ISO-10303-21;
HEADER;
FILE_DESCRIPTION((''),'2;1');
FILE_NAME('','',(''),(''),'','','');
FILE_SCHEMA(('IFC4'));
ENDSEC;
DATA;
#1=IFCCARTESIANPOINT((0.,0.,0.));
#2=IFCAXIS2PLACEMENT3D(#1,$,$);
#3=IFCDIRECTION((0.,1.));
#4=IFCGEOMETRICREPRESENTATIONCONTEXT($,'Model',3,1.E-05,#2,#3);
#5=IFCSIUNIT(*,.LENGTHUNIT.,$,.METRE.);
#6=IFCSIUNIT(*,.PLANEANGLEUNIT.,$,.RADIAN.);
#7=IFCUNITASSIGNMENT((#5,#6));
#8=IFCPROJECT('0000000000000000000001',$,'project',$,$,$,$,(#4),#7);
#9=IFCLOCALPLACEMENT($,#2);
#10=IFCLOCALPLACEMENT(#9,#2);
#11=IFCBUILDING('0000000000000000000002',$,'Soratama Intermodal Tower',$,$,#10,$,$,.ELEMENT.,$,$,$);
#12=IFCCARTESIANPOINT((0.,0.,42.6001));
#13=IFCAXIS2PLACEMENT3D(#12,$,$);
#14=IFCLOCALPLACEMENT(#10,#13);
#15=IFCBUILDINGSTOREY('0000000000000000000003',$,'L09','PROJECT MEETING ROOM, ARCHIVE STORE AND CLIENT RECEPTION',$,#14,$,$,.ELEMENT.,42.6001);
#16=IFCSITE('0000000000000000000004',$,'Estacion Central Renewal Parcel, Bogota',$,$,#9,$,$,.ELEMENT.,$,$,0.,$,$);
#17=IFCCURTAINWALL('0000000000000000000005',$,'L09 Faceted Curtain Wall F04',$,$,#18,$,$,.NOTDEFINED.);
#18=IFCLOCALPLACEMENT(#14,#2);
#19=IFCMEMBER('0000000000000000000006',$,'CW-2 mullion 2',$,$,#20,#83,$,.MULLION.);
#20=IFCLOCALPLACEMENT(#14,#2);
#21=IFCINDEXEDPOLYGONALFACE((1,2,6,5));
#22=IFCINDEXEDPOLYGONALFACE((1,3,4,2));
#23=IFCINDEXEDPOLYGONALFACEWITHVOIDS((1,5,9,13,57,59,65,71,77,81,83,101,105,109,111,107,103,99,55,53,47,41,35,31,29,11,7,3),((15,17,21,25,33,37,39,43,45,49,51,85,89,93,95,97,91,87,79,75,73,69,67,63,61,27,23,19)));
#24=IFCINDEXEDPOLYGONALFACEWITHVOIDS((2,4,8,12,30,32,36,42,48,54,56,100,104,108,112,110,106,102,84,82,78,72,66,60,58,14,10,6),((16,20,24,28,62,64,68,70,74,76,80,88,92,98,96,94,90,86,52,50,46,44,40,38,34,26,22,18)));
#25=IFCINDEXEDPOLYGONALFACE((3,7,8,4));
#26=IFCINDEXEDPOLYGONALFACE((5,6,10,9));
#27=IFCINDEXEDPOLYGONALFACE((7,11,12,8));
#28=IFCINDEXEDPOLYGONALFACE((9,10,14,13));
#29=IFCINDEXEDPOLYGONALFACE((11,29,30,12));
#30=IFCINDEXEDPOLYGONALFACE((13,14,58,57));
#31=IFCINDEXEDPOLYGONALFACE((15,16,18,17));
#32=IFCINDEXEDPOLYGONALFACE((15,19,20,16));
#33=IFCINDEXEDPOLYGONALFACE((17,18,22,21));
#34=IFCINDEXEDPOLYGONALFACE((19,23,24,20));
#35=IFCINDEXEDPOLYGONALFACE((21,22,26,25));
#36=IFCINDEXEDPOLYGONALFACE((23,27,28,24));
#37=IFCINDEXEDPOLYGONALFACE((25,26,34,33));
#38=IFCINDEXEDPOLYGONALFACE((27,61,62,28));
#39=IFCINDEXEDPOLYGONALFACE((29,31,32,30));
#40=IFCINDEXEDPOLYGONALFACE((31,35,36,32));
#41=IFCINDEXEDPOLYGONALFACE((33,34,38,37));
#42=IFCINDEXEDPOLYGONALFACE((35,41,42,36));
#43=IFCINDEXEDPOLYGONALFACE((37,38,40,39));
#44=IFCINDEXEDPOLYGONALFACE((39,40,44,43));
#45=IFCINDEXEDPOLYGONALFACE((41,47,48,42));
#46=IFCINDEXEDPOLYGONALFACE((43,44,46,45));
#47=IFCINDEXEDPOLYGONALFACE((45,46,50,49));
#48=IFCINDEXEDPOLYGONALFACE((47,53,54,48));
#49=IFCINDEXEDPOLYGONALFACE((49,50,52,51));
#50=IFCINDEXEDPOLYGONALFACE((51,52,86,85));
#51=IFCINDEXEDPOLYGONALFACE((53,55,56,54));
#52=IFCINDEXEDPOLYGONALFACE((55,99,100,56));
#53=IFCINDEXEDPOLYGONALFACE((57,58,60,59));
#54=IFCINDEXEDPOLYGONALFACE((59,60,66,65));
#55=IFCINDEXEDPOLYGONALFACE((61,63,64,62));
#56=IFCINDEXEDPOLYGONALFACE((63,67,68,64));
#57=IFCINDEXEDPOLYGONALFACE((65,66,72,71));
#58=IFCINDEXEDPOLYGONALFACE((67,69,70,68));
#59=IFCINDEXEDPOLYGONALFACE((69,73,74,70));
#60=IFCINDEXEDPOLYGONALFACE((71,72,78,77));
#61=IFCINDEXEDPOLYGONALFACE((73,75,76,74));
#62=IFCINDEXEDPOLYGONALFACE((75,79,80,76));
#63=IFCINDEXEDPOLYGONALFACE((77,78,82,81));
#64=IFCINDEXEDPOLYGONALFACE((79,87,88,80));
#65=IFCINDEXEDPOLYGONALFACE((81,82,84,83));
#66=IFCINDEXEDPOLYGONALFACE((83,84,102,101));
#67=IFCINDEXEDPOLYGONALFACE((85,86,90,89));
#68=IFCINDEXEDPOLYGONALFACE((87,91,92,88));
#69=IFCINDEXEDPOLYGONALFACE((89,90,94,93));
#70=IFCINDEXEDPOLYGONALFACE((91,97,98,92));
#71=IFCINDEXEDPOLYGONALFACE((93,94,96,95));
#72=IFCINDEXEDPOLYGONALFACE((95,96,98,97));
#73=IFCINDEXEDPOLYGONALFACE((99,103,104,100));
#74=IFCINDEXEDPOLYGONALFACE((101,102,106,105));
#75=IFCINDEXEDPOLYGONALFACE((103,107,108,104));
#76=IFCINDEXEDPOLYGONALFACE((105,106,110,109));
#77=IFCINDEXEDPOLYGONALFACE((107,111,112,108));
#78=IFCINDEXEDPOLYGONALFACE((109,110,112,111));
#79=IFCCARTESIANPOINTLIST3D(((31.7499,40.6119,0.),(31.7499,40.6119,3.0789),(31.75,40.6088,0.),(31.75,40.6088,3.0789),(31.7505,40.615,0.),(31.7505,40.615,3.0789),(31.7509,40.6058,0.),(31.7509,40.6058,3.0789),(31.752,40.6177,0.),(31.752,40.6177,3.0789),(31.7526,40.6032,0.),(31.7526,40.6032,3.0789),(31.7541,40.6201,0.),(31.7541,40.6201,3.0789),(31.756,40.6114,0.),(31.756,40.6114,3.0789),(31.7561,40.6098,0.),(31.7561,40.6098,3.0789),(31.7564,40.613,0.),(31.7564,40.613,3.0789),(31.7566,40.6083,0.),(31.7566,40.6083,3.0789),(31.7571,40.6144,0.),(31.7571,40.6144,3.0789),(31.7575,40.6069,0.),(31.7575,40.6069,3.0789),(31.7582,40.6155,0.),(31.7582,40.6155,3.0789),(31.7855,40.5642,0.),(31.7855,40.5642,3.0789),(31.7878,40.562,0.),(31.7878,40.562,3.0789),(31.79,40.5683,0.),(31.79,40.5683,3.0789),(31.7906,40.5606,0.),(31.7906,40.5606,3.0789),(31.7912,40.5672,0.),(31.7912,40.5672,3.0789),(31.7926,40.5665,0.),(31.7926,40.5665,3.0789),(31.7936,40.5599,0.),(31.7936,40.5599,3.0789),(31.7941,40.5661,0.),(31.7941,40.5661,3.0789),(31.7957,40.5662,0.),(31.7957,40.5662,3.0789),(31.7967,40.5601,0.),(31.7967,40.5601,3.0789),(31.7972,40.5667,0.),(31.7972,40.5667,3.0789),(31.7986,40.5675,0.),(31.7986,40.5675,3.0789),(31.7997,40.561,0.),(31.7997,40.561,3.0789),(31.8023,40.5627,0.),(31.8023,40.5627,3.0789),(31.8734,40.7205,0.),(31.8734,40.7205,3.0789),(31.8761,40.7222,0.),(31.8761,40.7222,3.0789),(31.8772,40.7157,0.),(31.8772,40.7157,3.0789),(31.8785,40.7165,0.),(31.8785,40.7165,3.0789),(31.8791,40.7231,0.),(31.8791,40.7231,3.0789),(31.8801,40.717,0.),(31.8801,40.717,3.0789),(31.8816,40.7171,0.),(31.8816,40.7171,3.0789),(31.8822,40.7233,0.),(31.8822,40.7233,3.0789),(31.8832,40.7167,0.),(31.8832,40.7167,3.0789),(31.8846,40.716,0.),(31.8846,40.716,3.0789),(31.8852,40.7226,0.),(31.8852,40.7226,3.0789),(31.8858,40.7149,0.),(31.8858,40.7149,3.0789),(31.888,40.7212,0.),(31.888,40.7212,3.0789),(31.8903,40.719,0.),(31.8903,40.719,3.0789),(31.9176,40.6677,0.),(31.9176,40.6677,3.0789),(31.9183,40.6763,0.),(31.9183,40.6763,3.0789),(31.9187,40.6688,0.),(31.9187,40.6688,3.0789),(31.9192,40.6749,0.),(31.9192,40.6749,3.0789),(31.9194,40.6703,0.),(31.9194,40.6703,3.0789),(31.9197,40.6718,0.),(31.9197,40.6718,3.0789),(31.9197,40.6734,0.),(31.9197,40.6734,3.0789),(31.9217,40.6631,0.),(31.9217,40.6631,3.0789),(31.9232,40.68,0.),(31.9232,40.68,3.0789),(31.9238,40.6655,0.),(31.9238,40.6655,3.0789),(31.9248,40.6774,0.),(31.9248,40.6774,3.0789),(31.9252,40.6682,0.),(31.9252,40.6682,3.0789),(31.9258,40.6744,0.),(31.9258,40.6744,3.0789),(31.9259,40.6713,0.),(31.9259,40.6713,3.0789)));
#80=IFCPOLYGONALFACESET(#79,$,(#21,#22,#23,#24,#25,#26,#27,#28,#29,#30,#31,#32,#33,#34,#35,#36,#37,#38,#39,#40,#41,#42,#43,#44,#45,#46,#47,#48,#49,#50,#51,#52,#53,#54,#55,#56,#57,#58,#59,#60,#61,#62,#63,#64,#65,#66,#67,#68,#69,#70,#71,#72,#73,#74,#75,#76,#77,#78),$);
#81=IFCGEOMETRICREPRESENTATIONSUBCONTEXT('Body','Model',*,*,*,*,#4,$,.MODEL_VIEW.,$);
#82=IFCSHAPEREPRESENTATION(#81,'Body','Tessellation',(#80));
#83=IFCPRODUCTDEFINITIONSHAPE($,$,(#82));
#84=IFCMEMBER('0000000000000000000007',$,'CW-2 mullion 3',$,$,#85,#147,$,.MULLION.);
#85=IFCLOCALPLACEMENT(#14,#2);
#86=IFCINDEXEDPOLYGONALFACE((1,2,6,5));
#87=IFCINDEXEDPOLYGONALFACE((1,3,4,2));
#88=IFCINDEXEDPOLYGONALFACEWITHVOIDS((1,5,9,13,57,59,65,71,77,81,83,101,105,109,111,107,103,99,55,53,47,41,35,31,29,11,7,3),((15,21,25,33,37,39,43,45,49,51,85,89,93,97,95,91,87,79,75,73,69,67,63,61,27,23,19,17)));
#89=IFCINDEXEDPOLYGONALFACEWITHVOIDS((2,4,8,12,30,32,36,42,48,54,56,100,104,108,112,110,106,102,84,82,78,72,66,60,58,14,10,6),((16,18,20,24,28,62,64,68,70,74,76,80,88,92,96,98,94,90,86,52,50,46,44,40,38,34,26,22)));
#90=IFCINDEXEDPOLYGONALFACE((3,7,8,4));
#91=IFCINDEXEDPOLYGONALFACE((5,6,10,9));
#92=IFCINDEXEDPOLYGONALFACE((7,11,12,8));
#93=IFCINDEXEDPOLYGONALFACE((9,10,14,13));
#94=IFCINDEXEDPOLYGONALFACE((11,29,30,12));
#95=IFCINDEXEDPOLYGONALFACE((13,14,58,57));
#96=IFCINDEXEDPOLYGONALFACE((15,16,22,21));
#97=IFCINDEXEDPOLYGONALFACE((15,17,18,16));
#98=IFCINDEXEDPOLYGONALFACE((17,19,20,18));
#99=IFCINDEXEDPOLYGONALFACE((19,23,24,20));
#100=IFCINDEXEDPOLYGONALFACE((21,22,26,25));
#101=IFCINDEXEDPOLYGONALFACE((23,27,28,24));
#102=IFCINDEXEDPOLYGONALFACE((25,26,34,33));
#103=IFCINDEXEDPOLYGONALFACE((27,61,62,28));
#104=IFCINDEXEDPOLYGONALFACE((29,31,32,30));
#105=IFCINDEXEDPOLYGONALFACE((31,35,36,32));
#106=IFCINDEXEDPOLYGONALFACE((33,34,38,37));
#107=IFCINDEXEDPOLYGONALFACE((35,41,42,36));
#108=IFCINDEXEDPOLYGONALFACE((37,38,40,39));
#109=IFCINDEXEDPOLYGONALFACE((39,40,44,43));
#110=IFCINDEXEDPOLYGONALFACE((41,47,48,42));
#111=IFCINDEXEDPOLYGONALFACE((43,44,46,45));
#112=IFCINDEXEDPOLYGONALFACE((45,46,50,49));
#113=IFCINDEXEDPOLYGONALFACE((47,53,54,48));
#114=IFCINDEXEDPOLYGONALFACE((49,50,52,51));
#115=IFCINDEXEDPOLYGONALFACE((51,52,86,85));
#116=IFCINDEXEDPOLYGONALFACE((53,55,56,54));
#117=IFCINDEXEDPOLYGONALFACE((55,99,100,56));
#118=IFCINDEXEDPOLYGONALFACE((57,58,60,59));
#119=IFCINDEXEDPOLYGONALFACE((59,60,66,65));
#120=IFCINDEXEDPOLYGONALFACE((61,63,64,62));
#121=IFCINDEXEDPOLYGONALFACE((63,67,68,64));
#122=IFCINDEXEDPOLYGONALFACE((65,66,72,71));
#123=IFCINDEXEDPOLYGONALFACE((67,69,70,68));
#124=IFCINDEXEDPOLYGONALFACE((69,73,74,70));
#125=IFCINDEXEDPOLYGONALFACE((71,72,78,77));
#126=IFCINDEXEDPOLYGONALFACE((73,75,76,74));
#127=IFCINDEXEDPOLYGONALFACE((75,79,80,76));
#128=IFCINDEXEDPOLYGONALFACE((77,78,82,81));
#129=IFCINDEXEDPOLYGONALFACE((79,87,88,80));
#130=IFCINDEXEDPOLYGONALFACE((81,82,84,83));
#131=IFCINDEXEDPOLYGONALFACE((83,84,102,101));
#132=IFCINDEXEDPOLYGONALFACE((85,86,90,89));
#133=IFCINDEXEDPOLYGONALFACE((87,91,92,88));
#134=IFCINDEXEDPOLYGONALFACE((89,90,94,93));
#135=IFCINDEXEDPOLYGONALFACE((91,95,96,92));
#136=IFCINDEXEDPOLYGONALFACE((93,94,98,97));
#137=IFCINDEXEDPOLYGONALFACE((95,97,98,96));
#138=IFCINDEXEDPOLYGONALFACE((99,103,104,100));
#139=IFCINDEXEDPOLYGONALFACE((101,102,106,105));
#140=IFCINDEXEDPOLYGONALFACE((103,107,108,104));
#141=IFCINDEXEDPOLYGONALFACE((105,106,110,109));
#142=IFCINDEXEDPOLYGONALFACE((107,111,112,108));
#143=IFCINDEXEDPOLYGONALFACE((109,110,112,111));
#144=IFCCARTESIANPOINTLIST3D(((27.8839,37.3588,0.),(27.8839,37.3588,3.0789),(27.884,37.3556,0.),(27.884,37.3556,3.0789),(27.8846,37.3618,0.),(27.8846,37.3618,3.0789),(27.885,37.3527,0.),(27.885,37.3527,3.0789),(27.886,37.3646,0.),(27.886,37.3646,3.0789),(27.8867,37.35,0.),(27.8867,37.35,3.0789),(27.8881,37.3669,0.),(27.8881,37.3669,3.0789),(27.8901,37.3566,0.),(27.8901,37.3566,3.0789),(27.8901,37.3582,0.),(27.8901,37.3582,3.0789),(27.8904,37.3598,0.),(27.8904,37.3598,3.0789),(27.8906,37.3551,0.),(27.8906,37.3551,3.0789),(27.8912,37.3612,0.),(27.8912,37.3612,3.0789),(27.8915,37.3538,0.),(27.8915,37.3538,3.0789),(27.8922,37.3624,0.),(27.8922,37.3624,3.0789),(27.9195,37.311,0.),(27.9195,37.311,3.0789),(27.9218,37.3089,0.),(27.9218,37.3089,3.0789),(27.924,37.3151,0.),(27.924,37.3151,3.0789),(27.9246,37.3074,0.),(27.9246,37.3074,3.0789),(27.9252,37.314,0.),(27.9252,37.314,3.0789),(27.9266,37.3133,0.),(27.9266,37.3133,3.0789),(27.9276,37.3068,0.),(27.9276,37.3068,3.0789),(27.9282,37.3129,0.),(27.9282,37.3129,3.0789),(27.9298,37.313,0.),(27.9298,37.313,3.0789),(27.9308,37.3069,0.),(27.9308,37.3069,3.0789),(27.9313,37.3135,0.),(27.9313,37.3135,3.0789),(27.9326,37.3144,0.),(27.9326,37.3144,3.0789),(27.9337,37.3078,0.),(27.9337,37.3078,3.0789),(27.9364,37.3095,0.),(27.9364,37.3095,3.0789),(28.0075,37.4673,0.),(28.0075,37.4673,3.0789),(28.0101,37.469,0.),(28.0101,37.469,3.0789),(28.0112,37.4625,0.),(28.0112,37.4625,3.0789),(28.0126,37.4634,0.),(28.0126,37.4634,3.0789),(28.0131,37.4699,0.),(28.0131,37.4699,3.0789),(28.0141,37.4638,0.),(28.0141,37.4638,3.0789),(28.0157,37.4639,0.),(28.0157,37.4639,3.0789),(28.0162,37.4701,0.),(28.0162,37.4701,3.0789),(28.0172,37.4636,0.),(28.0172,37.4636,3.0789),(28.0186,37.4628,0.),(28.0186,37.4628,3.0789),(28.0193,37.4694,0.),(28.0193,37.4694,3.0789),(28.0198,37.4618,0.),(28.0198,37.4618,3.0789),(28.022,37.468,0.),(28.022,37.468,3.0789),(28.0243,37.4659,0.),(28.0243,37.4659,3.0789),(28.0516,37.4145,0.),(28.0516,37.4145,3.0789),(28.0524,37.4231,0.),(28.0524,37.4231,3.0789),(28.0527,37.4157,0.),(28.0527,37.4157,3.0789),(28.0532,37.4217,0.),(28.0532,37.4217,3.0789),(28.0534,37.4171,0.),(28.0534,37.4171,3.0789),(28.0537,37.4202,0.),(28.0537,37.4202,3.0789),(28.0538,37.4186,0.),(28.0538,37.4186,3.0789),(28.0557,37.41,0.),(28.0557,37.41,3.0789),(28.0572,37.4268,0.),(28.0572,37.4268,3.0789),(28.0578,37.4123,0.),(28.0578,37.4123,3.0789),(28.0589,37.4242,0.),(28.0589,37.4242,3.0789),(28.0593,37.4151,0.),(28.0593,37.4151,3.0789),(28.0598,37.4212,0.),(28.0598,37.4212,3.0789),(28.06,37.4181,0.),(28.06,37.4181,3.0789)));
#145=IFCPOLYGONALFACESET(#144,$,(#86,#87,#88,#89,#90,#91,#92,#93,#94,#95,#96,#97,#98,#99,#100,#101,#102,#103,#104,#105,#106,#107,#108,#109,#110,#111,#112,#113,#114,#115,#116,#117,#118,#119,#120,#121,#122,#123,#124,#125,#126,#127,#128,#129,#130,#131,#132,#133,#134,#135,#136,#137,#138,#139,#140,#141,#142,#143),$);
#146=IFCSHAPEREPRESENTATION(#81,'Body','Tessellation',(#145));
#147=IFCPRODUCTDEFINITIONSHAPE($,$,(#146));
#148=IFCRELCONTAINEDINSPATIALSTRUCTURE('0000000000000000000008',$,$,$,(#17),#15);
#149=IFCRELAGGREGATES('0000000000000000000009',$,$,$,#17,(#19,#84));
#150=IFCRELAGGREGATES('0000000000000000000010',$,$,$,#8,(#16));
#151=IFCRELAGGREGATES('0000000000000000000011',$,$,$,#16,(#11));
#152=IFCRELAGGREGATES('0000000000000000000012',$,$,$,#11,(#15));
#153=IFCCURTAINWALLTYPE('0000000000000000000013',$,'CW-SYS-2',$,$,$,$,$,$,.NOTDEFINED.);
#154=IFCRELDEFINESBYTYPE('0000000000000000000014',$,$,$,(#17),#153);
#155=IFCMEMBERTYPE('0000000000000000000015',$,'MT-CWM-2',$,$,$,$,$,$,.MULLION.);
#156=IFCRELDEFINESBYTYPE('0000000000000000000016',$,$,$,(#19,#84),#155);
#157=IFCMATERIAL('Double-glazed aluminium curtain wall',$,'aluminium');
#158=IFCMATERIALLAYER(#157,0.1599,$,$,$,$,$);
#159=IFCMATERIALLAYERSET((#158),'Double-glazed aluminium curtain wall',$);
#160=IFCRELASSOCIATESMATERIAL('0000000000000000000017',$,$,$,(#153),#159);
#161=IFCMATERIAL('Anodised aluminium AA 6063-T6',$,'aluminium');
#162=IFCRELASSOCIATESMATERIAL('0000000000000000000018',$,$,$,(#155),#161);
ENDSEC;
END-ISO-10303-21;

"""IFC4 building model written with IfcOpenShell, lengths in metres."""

from ifc_helpers import new_model, si_unit, direction, frame, origin, origin_2d, place, context, subcontext, project, spatial, hollow_rectangle, extrude, material, layer, layer_set, material_profile, profile_set, type_object, element, aggregate, save


model = new_model("IFC4")

# Units and contexts
model_context = context("Model", 3, precision=1e-05, world=origin(), true_north=direction((0.0, 1.0)))
body_context = subcontext(model_context, "Body", "Model", "MODEL_VIEW")
ifc_project = project(units=[si_unit("LENGTHUNIT", "METRE"), si_unit("PLANEANGLEUNIT", "RADIAN")], contexts=[model_context])

# Site, building, storey
site_placement = place(None, origin())
site = spatial("IfcSite", under=ifc_project, at=site_placement, Name="Estacion Central Renewal Parcel, Bogota", CompositionType="ELEMENT", RefElevation=0.0)
building_placement = place(site_placement, origin())
building = spatial("IfcBuilding", under=site, at=building_placement, Name="Soratama Intermodal Tower", CompositionType="ELEMENT")
storey_placement = place(building_placement, frame((0.0, 0.0, 42.6001)))
storey = spatial("IfcBuildingStorey", under=building, at=storey_placement, Name="L09", Description="PROJECT MEETING ROOM, ARCHIVE STORE AND CLIENT RECEPTION", CompositionType="ELEMENT", Elevation=42.6001)

# Curtain wall, members
ifc_material_1 = material(Name="Double-glazed aluminium curtain wall", Category="aluminium")
ifc_layer_1 = layer(ifc_material_1, 0.1599)
ifc_layer_set_1 = layer_set([ifc_layer_1], Name="Double-glazed aluminium curtain wall")
curtain_wall_type = type_object("IfcCurtainWallType", Name="CW-SYS-2", PredefinedType="NOTDEFINED", material=ifc_layer_set_1)
curtain_wall_placement = place(storey_placement, origin())
curtain_wall = element("IfcCurtainWall", 1, at=curtain_wall_placement, inside=storey, type_object=curtain_wall_type, Name="L09 Faceted Curtain Wall F04", PredefinedType="NOTDEFINED")
ifc_material_2 = material(Name="Anodised aluminium AA 6063-T6", Category="aluminium")
ifc_material_profile_1 = material_profile(ifc_material_2, hollow_rectangle(XDim=0.075, YDim=0.1799, WallThickness=0.0061, InnerFilletRadius=0.0061, OuterFilletRadius=0.012, at=origin_2d()), Name="CWM180X75X6")
ifc_profile_set_1 = profile_set([ifc_material_profile_1], Name="Anodised aluminium AA 6063-T6")
member_type_1 = type_object("IfcMemberType", Name="MT-CWM-2", PredefinedType="MULLION", material=ifc_profile_set_1)
member_1_placement = place(storey_placement, frame((31.8379, 40.6416, 0.0), z_axis=(0.0, 0.0, 1.0), x_axis=(0.643853, -0.765149, 0.0)))
member_1 = element("IfcMember", 2, at=member_1_placement, type_object=member_type_1, Name="CW-2 mullion 2", PredefinedType="MULLION", context=body_context, shape_type="SweptSolid", body=[
    extrude(hollow_rectangle(XDim=0.075, YDim=0.1799, WallThickness=0.0061, InnerFilletRadius=0.0061, OuterFilletRadius=0.012, at=origin_2d()), origin(), (0.0, 0.0, 1.0), 3.0789),
])
member_2_placement = place(storey_placement, frame((27.9719, 37.3884, 0.0), z_axis=(0.0, 0.0, 1.0), x_axis=(0.643853, -0.765149, 0.0)))
member_2 = element("IfcMember", 3, at=member_2_placement, type_object=member_type_1, Name="CW-2 mullion 3", PredefinedType="MULLION", context=body_context, shape_type="SweptSolid", body=[
    extrude(hollow_rectangle(XDim=0.075, YDim=0.1799, WallThickness=0.0061, InnerFilletRadius=0.0061, OuterFilletRadius=0.012, at=origin_2d()), origin(), (0.0, 0.0, 1.0), 3.0789),
])
aggregate(curtain_wall, [member_1, member_2])

save(model, "model.ifc")
